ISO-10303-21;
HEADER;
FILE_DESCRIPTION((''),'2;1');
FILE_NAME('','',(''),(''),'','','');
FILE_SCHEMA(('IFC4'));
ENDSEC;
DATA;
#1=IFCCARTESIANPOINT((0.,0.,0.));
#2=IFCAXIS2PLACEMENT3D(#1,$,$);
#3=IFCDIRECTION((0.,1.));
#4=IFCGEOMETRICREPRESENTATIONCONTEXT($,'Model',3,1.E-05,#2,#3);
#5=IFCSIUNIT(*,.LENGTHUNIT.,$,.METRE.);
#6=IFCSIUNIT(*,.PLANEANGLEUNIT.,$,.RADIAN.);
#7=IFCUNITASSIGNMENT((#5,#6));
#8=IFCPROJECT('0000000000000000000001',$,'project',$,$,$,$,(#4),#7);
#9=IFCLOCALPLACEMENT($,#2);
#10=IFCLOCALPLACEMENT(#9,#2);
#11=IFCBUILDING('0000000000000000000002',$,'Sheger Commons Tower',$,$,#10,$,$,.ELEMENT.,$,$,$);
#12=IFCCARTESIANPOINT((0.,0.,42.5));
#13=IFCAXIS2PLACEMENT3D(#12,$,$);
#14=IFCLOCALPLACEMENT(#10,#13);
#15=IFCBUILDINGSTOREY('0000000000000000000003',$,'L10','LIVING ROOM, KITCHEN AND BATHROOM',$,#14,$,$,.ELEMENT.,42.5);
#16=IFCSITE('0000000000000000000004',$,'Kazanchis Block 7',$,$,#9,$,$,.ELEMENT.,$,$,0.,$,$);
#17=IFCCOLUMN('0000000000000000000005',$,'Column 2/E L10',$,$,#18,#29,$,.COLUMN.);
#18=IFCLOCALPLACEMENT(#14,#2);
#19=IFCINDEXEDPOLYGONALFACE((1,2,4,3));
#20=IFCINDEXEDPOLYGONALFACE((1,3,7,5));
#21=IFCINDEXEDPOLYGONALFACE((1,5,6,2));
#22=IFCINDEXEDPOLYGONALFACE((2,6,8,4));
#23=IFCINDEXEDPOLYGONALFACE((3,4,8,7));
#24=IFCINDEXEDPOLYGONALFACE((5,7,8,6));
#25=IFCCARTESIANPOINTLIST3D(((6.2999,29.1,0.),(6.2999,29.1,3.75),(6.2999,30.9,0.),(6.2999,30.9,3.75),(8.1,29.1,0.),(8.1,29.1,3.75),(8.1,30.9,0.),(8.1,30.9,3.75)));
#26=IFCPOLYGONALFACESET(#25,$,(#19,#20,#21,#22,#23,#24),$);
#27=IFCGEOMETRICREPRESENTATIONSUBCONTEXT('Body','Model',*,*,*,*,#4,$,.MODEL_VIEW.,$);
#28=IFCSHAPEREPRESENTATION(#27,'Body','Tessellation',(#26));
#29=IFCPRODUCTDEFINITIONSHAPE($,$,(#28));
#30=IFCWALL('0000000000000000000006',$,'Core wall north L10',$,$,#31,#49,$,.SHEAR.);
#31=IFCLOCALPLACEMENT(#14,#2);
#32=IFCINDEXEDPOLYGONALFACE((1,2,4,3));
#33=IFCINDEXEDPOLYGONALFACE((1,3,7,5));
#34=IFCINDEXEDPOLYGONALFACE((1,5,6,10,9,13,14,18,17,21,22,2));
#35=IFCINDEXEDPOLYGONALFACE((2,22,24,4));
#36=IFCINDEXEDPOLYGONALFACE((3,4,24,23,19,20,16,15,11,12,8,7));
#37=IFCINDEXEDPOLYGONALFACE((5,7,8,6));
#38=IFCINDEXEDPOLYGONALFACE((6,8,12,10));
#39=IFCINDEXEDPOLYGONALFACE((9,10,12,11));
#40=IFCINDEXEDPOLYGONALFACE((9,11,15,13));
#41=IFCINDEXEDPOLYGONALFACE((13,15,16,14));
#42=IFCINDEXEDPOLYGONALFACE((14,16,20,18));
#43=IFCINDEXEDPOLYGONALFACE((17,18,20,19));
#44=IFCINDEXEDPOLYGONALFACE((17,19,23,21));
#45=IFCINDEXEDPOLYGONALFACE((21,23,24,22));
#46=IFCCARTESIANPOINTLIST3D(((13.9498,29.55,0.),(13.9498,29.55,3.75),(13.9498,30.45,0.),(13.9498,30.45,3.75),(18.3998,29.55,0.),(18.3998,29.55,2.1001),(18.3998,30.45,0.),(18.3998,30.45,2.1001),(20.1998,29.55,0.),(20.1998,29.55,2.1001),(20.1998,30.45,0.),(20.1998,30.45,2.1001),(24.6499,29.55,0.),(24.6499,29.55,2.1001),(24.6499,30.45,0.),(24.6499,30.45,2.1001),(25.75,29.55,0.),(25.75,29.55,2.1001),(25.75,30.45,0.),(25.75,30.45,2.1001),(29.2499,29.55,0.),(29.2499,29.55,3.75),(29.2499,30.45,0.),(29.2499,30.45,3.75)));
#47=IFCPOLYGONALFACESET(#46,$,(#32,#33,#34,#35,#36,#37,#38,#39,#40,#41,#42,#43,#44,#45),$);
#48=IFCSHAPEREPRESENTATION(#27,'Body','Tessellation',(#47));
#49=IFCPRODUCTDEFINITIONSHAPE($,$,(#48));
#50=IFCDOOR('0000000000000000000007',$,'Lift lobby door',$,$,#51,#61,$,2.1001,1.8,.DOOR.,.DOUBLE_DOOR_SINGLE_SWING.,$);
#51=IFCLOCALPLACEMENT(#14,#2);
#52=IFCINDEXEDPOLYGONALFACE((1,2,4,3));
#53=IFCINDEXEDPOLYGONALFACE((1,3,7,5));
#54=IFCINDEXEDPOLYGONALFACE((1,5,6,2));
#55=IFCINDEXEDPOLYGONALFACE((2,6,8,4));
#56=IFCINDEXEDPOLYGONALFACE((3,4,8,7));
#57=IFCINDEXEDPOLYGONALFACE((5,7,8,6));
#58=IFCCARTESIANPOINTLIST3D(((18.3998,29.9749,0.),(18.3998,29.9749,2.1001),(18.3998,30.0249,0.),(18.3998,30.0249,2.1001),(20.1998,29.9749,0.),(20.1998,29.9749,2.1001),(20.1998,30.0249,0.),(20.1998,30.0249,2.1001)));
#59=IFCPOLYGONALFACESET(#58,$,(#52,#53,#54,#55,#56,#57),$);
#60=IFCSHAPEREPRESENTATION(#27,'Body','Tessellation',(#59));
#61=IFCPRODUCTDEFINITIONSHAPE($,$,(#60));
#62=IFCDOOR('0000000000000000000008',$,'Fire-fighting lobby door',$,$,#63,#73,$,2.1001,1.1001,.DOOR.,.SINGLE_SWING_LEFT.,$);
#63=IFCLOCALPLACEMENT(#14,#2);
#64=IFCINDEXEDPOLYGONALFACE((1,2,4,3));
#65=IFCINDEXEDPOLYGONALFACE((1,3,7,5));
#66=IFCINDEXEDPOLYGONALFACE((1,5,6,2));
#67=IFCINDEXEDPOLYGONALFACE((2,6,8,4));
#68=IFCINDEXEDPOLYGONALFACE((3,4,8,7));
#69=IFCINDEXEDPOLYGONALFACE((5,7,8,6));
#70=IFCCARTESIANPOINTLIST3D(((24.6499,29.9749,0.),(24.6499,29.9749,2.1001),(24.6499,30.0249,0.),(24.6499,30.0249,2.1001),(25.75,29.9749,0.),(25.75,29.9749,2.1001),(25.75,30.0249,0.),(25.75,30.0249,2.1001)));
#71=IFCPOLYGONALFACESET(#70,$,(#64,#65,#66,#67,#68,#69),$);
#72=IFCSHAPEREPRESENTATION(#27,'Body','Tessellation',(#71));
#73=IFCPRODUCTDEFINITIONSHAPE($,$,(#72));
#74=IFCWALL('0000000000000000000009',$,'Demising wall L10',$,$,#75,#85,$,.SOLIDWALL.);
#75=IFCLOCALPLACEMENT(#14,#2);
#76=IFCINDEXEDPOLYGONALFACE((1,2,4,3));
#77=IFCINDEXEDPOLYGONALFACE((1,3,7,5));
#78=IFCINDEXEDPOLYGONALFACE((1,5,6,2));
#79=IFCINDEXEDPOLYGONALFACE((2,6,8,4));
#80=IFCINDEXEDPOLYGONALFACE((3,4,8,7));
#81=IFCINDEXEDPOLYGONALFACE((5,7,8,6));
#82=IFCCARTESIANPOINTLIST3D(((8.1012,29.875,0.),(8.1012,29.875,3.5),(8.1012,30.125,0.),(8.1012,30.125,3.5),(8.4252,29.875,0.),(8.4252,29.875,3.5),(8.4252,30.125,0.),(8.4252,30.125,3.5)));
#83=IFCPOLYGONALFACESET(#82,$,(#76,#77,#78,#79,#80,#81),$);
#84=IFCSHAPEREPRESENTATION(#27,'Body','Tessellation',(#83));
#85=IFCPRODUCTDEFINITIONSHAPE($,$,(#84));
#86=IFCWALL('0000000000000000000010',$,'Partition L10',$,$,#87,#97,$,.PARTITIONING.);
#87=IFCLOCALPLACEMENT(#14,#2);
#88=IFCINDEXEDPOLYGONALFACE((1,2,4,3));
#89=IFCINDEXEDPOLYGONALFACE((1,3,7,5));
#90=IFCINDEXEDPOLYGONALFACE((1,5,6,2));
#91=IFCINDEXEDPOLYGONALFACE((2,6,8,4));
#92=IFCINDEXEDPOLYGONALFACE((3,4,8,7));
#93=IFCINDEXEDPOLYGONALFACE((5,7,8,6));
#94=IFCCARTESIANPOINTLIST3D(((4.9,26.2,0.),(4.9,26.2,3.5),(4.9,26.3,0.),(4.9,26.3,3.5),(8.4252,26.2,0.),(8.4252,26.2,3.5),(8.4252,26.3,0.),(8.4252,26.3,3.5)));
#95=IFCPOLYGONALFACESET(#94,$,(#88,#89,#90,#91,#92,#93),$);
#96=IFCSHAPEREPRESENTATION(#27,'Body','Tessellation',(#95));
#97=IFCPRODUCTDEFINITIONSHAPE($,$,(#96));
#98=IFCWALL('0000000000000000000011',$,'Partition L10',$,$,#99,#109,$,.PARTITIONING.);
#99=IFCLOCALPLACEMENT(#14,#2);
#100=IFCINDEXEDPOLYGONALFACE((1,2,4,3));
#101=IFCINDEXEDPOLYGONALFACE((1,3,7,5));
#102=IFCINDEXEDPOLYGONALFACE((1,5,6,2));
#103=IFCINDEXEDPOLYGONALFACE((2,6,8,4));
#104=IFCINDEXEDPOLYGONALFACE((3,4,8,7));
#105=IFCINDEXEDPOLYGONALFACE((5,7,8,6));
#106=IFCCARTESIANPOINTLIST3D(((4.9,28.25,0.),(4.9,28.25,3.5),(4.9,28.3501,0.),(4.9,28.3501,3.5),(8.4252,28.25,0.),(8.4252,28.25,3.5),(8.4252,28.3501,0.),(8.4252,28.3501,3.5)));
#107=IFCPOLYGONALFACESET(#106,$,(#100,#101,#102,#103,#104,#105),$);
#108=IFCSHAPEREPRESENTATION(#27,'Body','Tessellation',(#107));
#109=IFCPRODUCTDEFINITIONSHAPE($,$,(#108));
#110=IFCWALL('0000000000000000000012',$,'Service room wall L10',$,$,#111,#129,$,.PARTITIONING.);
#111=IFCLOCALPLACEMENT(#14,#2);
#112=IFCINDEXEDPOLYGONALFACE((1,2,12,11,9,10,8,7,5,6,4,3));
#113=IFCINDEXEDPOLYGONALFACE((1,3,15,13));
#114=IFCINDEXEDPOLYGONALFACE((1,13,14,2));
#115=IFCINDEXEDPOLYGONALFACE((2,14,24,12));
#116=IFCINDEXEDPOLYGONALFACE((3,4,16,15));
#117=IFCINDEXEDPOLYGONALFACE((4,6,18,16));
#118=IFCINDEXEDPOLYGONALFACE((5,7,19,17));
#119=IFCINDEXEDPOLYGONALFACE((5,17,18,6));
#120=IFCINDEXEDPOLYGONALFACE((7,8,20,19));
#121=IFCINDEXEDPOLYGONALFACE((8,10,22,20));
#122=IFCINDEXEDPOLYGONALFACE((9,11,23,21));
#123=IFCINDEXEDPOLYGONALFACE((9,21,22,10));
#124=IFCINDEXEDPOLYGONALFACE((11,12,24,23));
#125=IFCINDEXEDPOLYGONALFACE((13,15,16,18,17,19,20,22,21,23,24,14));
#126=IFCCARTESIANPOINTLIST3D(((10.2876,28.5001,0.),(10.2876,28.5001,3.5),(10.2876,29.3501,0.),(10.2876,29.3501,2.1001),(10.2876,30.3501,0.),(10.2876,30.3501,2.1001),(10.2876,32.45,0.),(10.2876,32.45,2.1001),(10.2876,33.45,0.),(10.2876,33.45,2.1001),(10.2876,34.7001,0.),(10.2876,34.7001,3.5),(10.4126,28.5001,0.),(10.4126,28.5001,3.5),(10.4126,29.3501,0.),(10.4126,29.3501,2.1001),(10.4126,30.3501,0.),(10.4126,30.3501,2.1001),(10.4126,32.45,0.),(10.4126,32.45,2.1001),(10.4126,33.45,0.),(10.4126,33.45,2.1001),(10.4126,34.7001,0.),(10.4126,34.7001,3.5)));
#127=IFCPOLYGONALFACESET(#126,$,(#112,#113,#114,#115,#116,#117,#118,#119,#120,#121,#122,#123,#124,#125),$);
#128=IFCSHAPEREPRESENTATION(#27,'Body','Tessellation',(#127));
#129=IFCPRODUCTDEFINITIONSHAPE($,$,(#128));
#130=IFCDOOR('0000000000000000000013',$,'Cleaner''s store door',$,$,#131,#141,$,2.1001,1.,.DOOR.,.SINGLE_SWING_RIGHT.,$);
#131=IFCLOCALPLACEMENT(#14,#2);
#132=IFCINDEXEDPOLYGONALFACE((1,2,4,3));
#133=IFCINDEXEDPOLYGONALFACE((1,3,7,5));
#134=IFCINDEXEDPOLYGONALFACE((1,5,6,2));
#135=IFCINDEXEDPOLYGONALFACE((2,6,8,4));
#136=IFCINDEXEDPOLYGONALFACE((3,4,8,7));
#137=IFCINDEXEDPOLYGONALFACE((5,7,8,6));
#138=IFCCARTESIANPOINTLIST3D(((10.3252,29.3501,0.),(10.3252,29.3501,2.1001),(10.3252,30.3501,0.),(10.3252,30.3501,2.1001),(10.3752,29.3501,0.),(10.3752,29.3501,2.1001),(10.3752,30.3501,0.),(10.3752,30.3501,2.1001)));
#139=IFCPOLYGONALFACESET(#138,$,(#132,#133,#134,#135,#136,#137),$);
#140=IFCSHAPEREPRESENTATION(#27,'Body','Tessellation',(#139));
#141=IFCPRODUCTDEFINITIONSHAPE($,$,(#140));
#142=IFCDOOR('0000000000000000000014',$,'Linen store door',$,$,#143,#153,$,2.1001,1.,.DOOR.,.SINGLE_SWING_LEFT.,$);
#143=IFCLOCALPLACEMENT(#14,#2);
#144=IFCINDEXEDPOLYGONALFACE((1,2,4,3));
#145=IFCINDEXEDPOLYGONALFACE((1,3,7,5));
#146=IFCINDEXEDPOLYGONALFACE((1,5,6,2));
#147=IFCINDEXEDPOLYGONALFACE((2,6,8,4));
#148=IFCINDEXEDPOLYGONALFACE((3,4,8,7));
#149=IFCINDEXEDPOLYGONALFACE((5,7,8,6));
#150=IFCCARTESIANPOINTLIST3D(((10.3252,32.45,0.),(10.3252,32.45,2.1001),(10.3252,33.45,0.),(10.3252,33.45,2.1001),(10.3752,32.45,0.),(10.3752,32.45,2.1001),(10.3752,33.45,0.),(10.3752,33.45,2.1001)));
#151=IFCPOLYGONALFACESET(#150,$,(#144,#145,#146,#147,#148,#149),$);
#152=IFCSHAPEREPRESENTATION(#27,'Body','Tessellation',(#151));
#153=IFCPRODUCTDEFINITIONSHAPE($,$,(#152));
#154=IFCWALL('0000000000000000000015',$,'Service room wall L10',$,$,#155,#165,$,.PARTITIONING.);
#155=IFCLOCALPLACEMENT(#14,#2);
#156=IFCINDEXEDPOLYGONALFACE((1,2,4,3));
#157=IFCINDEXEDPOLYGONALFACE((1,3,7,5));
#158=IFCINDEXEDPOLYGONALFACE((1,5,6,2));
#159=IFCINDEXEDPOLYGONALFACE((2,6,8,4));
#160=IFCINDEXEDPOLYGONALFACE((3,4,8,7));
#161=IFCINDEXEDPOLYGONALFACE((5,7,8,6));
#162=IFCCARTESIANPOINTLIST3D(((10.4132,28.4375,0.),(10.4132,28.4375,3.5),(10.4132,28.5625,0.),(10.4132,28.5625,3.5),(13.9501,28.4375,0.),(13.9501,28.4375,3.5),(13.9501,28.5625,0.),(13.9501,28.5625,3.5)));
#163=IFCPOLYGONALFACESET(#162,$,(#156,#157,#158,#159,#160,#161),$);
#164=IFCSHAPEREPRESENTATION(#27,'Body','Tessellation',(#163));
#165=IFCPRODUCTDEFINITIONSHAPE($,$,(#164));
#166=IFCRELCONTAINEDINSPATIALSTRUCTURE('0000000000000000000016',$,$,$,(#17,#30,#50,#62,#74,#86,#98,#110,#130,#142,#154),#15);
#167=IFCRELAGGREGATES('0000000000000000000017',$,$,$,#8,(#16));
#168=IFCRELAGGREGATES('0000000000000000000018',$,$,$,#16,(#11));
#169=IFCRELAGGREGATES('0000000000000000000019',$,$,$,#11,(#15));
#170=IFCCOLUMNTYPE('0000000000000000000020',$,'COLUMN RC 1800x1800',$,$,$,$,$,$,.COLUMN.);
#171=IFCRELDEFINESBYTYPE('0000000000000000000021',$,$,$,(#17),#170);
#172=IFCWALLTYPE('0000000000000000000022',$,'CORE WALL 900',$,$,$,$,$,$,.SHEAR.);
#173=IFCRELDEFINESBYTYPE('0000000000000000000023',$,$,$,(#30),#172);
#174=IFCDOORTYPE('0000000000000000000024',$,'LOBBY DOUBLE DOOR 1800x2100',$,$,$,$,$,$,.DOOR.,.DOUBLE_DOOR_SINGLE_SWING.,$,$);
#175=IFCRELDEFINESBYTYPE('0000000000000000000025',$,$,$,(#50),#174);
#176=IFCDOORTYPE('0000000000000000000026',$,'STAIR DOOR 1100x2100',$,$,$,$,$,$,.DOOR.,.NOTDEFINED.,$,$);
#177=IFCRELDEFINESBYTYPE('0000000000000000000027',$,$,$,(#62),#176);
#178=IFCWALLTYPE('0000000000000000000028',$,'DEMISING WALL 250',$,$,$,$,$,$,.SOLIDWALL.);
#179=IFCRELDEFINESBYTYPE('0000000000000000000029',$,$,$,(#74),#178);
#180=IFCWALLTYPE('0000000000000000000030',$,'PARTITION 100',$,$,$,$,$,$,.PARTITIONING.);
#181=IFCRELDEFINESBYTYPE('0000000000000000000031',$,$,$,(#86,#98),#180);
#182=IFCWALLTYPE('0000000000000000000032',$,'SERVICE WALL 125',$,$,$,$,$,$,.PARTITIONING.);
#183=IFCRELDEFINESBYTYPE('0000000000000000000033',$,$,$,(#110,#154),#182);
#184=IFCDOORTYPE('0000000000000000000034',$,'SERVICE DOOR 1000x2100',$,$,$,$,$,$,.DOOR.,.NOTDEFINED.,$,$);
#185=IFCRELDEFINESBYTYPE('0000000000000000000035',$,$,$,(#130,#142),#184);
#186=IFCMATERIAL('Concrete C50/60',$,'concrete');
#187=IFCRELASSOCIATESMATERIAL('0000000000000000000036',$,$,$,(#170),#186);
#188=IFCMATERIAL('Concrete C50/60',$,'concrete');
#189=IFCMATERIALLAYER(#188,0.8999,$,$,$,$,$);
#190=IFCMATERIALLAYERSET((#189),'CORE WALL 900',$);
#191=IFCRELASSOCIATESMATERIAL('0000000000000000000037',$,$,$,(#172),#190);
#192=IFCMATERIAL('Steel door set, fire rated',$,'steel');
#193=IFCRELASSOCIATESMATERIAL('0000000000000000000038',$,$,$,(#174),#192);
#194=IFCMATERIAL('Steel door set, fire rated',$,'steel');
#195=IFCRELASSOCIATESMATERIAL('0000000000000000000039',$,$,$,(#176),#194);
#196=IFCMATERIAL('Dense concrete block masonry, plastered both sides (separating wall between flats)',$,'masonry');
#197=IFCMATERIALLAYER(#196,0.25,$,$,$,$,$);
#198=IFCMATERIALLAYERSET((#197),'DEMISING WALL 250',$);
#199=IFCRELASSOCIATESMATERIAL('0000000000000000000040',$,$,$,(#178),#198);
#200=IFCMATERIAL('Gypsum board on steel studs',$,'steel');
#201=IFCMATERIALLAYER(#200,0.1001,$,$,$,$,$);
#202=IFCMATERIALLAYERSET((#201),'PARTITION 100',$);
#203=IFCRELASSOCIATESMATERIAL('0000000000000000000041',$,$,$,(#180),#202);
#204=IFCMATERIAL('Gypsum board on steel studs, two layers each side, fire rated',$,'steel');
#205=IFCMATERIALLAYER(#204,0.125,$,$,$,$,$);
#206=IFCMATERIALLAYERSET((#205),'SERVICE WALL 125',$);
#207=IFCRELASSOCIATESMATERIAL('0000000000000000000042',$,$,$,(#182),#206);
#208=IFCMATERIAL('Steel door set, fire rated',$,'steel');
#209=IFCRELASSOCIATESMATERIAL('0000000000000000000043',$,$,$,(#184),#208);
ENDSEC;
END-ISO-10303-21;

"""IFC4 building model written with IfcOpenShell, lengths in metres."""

from ifc_helpers import new_model, si_unit, direction, frame, frame_2d, origin, origin_2d, place, context, subcontext, project, spatial, rectangle, extrude, material, layer, layer_set, material_profile, profile_set, type_object, element, fill, save


model = new_model("IFC4")

# Units and contexts
model_context = context("Model", 3, precision=1e-05, world=origin(), true_north=direction((0.0, 1.0)))
body_context = subcontext(model_context, "Body", "Model", "MODEL_VIEW")
ifc_project = project(units=[si_unit("LENGTHUNIT", "METRE"), si_unit("PLANEANGLEUNIT", "RADIAN")], contexts=[model_context])

# Site, building, storey
site_placement = place(None, origin())
site = spatial("IfcSite", under=ifc_project, at=site_placement, Name="Kazanchis Block 7", CompositionType="ELEMENT", RefElevation=0.0)
building_placement = place(site_placement, origin())
building = spatial("IfcBuilding", under=site, at=building_placement, Name="Sheger Commons Tower", CompositionType="ELEMENT")
storey_placement = place(building_placement, frame((0.0, 0.0, 42.5)))
storey = spatial("IfcBuildingStorey", under=building, at=storey_placement, Name="L10", Description="LIVING ROOM, KITCHEN AND BATHROOM", CompositionType="ELEMENT", Elevation=42.5)

# Column
ifc_material_1 = material(Name="Concrete C50/60", Category="concrete")
ifc_material_profile = material_profile(ifc_material_1, rectangle(XDim=1.8, YDim=1.8, at=origin_2d()), Name="RC 1800x1800")
ifc_profile_set = profile_set([ifc_material_profile], Name="Concrete C50/60")
column_type = type_object("IfcColumnType", Name="COLUMN RC 1800x1800", PredefinedType="COLUMN", material=ifc_profile_set)
column_placement = place(storey_placement, frame((7.2, 30.0, 0.0), z_axis=(0.0, 0.0, 1.0), x_axis=(1.0, 0.0, 0.0)))
element("IfcColumn", 1, at=column_placement, inside=storey, type_object=column_type, Name="Column 2/E L10", PredefinedType="COLUMN", context=body_context, shape_type="SweptSolid", body=[
    extrude(rectangle(XDim=1.8, YDim=1.8, at=origin_2d()), origin(), (0.0, 0.0, 1.0), 3.75),
])

# Wall, openings, doors
ifc_material_2 = material(Name="Concrete C50/60", Category="concrete")
ifc_layer_1 = layer(ifc_material_2, 0.8999)
ifc_layer_set_1 = layer_set([ifc_layer_1], Name="CORE WALL 900")
wall_type_1 = type_object("IfcWallType", Name="CORE WALL 900", PredefinedType="SHEAR", material=ifc_layer_set_1)
wall_1_placement = place(storey_placement, frame((13.95, 30.0, 0.0), z_axis=(0.0, 0.0, 1.0), x_axis=(1.0, 0.0, 0.0)))
wall_1 = element("IfcWall", 2, at=wall_1_placement, inside=storey, type_object=wall_type_1, Name="Core wall north L10", PredefinedType="SHEAR", context=body_context, shape_type="SweptSolid", body=[
    extrude(rectangle(XDim=15.3, YDim=0.8999, at=frame_2d((7.6499, 0.0))), origin(), (0.0, 0.0, 1.0), 3.75),
])
opening_1_placement = place(wall_1_placement, frame((4.45, 0.0, 0.0)))
opening_1 = element("IfcOpeningElement", 3, at=opening_1_placement, cuts=wall_1, PredefinedType="OPENING", context=body_context, shape_type="SweptSolid", body=[
    extrude(rectangle(XDim=1.8, YDim=2.1001, at=frame_2d((0.8999, 1.05))), frame((0.0, 0.46, 0.0), z_axis=(0.0, -1.0, 0.0), x_axis=(1.0, 0.0, 0.0)), (0.0, 0.0, 1.0), 0.9199),
])
opening_2_placement = place(wall_1_placement, frame((10.7, 0.0, 0.0)))
opening_2 = element("IfcOpeningElement", 4, at=opening_2_placement, cuts=wall_1, PredefinedType="OPENING", context=body_context, shape_type="SweptSolid", body=[
    extrude(rectangle(XDim=1.1001, YDim=2.1001, at=frame_2d((0.55, 1.05))), frame((0.0, 0.46, 0.0), z_axis=(0.0, -1.0, 0.0), x_axis=(1.0, 0.0, 0.0)), (0.0, 0.0, 1.0), 0.9199),
])
ifc_material_3 = material(Name="Steel door set, fire rated", Category="steel")
door_type_1 = type_object("IfcDoorType", Name="LOBBY DOUBLE DOOR 1800x2100", OperationType="DOUBLE_DOOR_SINGLE_SWING", PredefinedType="DOOR", material=ifc_material_3)
door_1_placement = place(opening_1_placement, origin())
door_1 = element("IfcDoor", 5, at=door_1_placement, inside=storey, type_object=door_type_1, Name="Lift lobby door", OperationType="DOUBLE_DOOR_SINGLE_SWING", OverallHeight=2.1001, OverallWidth=1.8, PredefinedType="DOOR", context=body_context, shape_type="SweptSolid", body=[
    extrude(rectangle(XDim=1.8, YDim=2.1001, at=frame_2d((0.8999, 1.05))), frame((0.0, 0.0249, 0.0), z_axis=(0.0, -1.0, 0.0), x_axis=(1.0, 0.0, 0.0)), (0.0, 0.0, 1.0), 0.05),
])
fill(opening_1, door_1)
ifc_material_4 = material(Name="Steel door set, fire rated", Category="steel")
door_type_2 = type_object("IfcDoorType", Name="STAIR DOOR 1100x2100", OperationType="NOTDEFINED", PredefinedType="DOOR", material=ifc_material_4)
door_2_placement = place(opening_2_placement, origin())
door_2 = element("IfcDoor", 6, at=door_2_placement, inside=storey, type_object=door_type_2, Name="Fire-fighting lobby door", OperationType="SINGLE_SWING_LEFT", OverallHeight=2.1001, OverallWidth=1.1001, PredefinedType="DOOR", context=body_context, shape_type="SweptSolid", body=[
    extrude(rectangle(XDim=1.1001, YDim=2.1001, at=frame_2d((0.55, 1.05))), frame((0.0, 0.0249, 0.0), z_axis=(0.0, -1.0, 0.0), x_axis=(1.0, 0.0, 0.0)), (0.0, 0.0, 1.0), 0.05),
])
fill(opening_2, door_2)

# Walls
ifc_material_5 = material(Name="Dense concrete block masonry, plastered both sides (separating wall between flats)", Category="masonry")
ifc_layer_2 = layer(ifc_material_5, 0.25)
ifc_layer_set_2 = layer_set([ifc_layer_2], Name="DEMISING WALL 250")
wall_type_2 = type_object("IfcWallType", Name="DEMISING WALL 250", PredefinedType="SOLIDWALL", material=ifc_layer_set_2)
wall_2_placement = place(storey_placement, frame((8.1011, 30.0, 0.0), z_axis=(0.0, 0.0, 1.0), x_axis=(1.0, 0.0, 0.0)))
element("IfcWall", 7, at=wall_2_placement, inside=storey, type_object=wall_type_2, Name="Demising wall L10", PredefinedType="SOLIDWALL", context=body_context, shape_type="SweptSolid", body=[
    extrude(rectangle(XDim=0.324, YDim=0.25, at=frame_2d((0.1621, 0.0))), origin(), (0.0, 0.0, 1.0), 3.5),
])
ifc_material_6 = material(Name="Gypsum board on steel studs", Category="steel")
ifc_layer_3 = layer(ifc_material_6, 0.1001)
ifc_layer_set_3 = layer_set([ifc_layer_3], Name="PARTITION 100")
wall_type_3 = type_object("IfcWallType", Name="PARTITION 100", PredefinedType="PARTITIONING", material=ifc_layer_set_3)
for number, where, z_axis, x_axis, name in (
    (8, (4.8999, 26.25, 0.0), (0.0, 0.0, 1.0), (1.0, 0.0, 0.0), "Partition L10"),
    (9, (4.8999, 28.3, 0.0), (0.0, 0.0, 1.0), (1.0, 0.0, 0.0), "Partition L10"),
):
    element("IfcWall", number, at=place(storey_placement, frame(where, z_axis=z_axis, x_axis=x_axis)), inside=storey, type_object=wall_type_3, Name=name, PredefinedType="PARTITIONING", context=body_context, shape_type="SweptSolid", body=[
        extrude(rectangle(XDim=3.5251, YDim=0.1001, at=frame_2d((1.7627, 0.0))), origin(), (0.0, 0.0, 1.0), 3.5),
    ])

# Wall, openings, doors
ifc_material_7 = material(Name="Gypsum board on steel studs, two layers each side, fire rated", Category="steel")
ifc_layer_4 = layer(ifc_material_7, 0.125)
ifc_layer_set_4 = layer_set([ifc_layer_4], Name="SERVICE WALL 125")
wall_type_4 = type_object("IfcWallType", Name="SERVICE WALL 125", PredefinedType="PARTITIONING", material=ifc_layer_set_4)
wall_3_placement = place(storey_placement, frame((10.3501, 28.5, 0.0), z_axis=(0.0, 0.0, 1.0), x_axis=(0.0, 1.0, 0.0)))
wall_3 = element("IfcWall", 10, at=wall_3_placement, inside=storey, type_object=wall_type_4, Name="Service room wall L10", PredefinedType="PARTITIONING", context=body_context, shape_type="SweptSolid", body=[
    extrude(rectangle(XDim=6.2, YDim=0.125, at=frame_2d((3.1001, 0.0))), origin(), (0.0, 0.0, 1.0), 3.5),
])
opening_3_placement = place(wall_3_placement, frame((0.8501, 0.0, 0.0)))
opening_3 = element("IfcOpeningElement", 11, at=opening_3_placement, cuts=wall_3, PredefinedType="OPENING", context=body_context, shape_type="SweptSolid", body=[
    extrude(rectangle(XDim=1.0, YDim=2.1001, at=frame_2d((0.5, 1.05))), frame((0.0, 0.0725, 0.0), z_axis=(0.0, -1.0, 0.0), x_axis=(1.0, 0.0, 0.0)), (0.0, 0.0, 1.0), 0.145),
])
opening_4_placement = place(wall_3_placement, frame((3.95, 0.0, 0.0)))
opening_4 = element("IfcOpeningElement", 12, at=opening_4_placement, cuts=wall_3, PredefinedType="OPENING", context=body_context, shape_type="SweptSolid", body=[
    extrude(rectangle(XDim=1.0, YDim=2.1001, at=frame_2d((0.5, 1.05))), frame((0.0, 0.0725, 0.0), z_axis=(0.0, -1.0, 0.0), x_axis=(1.0, 0.0, 0.0)), (0.0, 0.0, 1.0), 0.145),
])
ifc_material_8 = material(Name="Steel door set, fire rated", Category="steel")
door_type_3 = type_object("IfcDoorType", Name="SERVICE DOOR 1000x2100", OperationType="NOTDEFINED", PredefinedType="DOOR", material=ifc_material_8)
door_3_placement = place(opening_3_placement, origin())
door_3 = element("IfcDoor", 13, at=door_3_placement, inside=storey, type_object=door_type_3, Name="Cleaner's store door", OperationType="SINGLE_SWING_RIGHT", OverallHeight=2.1001, OverallWidth=1.0, PredefinedType="DOOR", context=body_context, shape_type="SweptSolid", body=[
    extrude(rectangle(XDim=1.0, YDim=2.1001, at=frame_2d((0.5, 1.05))), frame((0.0, 0.0249, 0.0), z_axis=(0.0, -1.0, 0.0), x_axis=(1.0, 0.0, 0.0)), (0.0, 0.0, 1.0), 0.05),
])
fill(opening_3, door_3)
door_4_placement = place(opening_4_placement, origin())
door_4 = element("IfcDoor", 14, at=door_4_placement, inside=storey, type_object=door_type_3, Name="Linen store door", OperationType="SINGLE_SWING_LEFT", OverallHeight=2.1001, OverallWidth=1.0, PredefinedType="DOOR", context=body_context, shape_type="SweptSolid", body=[
    extrude(rectangle(XDim=1.0, YDim=2.1001, at=frame_2d((0.5, 1.05))), frame((0.0, 0.0249, 0.0), z_axis=(0.0, -1.0, 0.0), x_axis=(1.0, 0.0, 0.0)), (0.0, 0.0, 1.0), 0.05),
])
fill(opening_4, door_4)

# Wall
wall_4_placement = place(storey_placement, frame((10.4131, 28.5, 0.0), z_axis=(0.0, 0.0, 1.0), x_axis=(1.0, 0.0, 0.0)))
element("IfcWall", 15, at=wall_4_placement, inside=storey, type_object=wall_type_4, Name="Service room wall L10", PredefinedType="PARTITIONING", context=body_context, shape_type="SweptSolid", body=[
    extrude(rectangle(XDim=3.5369, YDim=0.125, at=frame_2d((1.7686, 0.0))), origin(), (0.0, 0.0, 1.0), 3.5),
])

save(model, "model.ifc")
